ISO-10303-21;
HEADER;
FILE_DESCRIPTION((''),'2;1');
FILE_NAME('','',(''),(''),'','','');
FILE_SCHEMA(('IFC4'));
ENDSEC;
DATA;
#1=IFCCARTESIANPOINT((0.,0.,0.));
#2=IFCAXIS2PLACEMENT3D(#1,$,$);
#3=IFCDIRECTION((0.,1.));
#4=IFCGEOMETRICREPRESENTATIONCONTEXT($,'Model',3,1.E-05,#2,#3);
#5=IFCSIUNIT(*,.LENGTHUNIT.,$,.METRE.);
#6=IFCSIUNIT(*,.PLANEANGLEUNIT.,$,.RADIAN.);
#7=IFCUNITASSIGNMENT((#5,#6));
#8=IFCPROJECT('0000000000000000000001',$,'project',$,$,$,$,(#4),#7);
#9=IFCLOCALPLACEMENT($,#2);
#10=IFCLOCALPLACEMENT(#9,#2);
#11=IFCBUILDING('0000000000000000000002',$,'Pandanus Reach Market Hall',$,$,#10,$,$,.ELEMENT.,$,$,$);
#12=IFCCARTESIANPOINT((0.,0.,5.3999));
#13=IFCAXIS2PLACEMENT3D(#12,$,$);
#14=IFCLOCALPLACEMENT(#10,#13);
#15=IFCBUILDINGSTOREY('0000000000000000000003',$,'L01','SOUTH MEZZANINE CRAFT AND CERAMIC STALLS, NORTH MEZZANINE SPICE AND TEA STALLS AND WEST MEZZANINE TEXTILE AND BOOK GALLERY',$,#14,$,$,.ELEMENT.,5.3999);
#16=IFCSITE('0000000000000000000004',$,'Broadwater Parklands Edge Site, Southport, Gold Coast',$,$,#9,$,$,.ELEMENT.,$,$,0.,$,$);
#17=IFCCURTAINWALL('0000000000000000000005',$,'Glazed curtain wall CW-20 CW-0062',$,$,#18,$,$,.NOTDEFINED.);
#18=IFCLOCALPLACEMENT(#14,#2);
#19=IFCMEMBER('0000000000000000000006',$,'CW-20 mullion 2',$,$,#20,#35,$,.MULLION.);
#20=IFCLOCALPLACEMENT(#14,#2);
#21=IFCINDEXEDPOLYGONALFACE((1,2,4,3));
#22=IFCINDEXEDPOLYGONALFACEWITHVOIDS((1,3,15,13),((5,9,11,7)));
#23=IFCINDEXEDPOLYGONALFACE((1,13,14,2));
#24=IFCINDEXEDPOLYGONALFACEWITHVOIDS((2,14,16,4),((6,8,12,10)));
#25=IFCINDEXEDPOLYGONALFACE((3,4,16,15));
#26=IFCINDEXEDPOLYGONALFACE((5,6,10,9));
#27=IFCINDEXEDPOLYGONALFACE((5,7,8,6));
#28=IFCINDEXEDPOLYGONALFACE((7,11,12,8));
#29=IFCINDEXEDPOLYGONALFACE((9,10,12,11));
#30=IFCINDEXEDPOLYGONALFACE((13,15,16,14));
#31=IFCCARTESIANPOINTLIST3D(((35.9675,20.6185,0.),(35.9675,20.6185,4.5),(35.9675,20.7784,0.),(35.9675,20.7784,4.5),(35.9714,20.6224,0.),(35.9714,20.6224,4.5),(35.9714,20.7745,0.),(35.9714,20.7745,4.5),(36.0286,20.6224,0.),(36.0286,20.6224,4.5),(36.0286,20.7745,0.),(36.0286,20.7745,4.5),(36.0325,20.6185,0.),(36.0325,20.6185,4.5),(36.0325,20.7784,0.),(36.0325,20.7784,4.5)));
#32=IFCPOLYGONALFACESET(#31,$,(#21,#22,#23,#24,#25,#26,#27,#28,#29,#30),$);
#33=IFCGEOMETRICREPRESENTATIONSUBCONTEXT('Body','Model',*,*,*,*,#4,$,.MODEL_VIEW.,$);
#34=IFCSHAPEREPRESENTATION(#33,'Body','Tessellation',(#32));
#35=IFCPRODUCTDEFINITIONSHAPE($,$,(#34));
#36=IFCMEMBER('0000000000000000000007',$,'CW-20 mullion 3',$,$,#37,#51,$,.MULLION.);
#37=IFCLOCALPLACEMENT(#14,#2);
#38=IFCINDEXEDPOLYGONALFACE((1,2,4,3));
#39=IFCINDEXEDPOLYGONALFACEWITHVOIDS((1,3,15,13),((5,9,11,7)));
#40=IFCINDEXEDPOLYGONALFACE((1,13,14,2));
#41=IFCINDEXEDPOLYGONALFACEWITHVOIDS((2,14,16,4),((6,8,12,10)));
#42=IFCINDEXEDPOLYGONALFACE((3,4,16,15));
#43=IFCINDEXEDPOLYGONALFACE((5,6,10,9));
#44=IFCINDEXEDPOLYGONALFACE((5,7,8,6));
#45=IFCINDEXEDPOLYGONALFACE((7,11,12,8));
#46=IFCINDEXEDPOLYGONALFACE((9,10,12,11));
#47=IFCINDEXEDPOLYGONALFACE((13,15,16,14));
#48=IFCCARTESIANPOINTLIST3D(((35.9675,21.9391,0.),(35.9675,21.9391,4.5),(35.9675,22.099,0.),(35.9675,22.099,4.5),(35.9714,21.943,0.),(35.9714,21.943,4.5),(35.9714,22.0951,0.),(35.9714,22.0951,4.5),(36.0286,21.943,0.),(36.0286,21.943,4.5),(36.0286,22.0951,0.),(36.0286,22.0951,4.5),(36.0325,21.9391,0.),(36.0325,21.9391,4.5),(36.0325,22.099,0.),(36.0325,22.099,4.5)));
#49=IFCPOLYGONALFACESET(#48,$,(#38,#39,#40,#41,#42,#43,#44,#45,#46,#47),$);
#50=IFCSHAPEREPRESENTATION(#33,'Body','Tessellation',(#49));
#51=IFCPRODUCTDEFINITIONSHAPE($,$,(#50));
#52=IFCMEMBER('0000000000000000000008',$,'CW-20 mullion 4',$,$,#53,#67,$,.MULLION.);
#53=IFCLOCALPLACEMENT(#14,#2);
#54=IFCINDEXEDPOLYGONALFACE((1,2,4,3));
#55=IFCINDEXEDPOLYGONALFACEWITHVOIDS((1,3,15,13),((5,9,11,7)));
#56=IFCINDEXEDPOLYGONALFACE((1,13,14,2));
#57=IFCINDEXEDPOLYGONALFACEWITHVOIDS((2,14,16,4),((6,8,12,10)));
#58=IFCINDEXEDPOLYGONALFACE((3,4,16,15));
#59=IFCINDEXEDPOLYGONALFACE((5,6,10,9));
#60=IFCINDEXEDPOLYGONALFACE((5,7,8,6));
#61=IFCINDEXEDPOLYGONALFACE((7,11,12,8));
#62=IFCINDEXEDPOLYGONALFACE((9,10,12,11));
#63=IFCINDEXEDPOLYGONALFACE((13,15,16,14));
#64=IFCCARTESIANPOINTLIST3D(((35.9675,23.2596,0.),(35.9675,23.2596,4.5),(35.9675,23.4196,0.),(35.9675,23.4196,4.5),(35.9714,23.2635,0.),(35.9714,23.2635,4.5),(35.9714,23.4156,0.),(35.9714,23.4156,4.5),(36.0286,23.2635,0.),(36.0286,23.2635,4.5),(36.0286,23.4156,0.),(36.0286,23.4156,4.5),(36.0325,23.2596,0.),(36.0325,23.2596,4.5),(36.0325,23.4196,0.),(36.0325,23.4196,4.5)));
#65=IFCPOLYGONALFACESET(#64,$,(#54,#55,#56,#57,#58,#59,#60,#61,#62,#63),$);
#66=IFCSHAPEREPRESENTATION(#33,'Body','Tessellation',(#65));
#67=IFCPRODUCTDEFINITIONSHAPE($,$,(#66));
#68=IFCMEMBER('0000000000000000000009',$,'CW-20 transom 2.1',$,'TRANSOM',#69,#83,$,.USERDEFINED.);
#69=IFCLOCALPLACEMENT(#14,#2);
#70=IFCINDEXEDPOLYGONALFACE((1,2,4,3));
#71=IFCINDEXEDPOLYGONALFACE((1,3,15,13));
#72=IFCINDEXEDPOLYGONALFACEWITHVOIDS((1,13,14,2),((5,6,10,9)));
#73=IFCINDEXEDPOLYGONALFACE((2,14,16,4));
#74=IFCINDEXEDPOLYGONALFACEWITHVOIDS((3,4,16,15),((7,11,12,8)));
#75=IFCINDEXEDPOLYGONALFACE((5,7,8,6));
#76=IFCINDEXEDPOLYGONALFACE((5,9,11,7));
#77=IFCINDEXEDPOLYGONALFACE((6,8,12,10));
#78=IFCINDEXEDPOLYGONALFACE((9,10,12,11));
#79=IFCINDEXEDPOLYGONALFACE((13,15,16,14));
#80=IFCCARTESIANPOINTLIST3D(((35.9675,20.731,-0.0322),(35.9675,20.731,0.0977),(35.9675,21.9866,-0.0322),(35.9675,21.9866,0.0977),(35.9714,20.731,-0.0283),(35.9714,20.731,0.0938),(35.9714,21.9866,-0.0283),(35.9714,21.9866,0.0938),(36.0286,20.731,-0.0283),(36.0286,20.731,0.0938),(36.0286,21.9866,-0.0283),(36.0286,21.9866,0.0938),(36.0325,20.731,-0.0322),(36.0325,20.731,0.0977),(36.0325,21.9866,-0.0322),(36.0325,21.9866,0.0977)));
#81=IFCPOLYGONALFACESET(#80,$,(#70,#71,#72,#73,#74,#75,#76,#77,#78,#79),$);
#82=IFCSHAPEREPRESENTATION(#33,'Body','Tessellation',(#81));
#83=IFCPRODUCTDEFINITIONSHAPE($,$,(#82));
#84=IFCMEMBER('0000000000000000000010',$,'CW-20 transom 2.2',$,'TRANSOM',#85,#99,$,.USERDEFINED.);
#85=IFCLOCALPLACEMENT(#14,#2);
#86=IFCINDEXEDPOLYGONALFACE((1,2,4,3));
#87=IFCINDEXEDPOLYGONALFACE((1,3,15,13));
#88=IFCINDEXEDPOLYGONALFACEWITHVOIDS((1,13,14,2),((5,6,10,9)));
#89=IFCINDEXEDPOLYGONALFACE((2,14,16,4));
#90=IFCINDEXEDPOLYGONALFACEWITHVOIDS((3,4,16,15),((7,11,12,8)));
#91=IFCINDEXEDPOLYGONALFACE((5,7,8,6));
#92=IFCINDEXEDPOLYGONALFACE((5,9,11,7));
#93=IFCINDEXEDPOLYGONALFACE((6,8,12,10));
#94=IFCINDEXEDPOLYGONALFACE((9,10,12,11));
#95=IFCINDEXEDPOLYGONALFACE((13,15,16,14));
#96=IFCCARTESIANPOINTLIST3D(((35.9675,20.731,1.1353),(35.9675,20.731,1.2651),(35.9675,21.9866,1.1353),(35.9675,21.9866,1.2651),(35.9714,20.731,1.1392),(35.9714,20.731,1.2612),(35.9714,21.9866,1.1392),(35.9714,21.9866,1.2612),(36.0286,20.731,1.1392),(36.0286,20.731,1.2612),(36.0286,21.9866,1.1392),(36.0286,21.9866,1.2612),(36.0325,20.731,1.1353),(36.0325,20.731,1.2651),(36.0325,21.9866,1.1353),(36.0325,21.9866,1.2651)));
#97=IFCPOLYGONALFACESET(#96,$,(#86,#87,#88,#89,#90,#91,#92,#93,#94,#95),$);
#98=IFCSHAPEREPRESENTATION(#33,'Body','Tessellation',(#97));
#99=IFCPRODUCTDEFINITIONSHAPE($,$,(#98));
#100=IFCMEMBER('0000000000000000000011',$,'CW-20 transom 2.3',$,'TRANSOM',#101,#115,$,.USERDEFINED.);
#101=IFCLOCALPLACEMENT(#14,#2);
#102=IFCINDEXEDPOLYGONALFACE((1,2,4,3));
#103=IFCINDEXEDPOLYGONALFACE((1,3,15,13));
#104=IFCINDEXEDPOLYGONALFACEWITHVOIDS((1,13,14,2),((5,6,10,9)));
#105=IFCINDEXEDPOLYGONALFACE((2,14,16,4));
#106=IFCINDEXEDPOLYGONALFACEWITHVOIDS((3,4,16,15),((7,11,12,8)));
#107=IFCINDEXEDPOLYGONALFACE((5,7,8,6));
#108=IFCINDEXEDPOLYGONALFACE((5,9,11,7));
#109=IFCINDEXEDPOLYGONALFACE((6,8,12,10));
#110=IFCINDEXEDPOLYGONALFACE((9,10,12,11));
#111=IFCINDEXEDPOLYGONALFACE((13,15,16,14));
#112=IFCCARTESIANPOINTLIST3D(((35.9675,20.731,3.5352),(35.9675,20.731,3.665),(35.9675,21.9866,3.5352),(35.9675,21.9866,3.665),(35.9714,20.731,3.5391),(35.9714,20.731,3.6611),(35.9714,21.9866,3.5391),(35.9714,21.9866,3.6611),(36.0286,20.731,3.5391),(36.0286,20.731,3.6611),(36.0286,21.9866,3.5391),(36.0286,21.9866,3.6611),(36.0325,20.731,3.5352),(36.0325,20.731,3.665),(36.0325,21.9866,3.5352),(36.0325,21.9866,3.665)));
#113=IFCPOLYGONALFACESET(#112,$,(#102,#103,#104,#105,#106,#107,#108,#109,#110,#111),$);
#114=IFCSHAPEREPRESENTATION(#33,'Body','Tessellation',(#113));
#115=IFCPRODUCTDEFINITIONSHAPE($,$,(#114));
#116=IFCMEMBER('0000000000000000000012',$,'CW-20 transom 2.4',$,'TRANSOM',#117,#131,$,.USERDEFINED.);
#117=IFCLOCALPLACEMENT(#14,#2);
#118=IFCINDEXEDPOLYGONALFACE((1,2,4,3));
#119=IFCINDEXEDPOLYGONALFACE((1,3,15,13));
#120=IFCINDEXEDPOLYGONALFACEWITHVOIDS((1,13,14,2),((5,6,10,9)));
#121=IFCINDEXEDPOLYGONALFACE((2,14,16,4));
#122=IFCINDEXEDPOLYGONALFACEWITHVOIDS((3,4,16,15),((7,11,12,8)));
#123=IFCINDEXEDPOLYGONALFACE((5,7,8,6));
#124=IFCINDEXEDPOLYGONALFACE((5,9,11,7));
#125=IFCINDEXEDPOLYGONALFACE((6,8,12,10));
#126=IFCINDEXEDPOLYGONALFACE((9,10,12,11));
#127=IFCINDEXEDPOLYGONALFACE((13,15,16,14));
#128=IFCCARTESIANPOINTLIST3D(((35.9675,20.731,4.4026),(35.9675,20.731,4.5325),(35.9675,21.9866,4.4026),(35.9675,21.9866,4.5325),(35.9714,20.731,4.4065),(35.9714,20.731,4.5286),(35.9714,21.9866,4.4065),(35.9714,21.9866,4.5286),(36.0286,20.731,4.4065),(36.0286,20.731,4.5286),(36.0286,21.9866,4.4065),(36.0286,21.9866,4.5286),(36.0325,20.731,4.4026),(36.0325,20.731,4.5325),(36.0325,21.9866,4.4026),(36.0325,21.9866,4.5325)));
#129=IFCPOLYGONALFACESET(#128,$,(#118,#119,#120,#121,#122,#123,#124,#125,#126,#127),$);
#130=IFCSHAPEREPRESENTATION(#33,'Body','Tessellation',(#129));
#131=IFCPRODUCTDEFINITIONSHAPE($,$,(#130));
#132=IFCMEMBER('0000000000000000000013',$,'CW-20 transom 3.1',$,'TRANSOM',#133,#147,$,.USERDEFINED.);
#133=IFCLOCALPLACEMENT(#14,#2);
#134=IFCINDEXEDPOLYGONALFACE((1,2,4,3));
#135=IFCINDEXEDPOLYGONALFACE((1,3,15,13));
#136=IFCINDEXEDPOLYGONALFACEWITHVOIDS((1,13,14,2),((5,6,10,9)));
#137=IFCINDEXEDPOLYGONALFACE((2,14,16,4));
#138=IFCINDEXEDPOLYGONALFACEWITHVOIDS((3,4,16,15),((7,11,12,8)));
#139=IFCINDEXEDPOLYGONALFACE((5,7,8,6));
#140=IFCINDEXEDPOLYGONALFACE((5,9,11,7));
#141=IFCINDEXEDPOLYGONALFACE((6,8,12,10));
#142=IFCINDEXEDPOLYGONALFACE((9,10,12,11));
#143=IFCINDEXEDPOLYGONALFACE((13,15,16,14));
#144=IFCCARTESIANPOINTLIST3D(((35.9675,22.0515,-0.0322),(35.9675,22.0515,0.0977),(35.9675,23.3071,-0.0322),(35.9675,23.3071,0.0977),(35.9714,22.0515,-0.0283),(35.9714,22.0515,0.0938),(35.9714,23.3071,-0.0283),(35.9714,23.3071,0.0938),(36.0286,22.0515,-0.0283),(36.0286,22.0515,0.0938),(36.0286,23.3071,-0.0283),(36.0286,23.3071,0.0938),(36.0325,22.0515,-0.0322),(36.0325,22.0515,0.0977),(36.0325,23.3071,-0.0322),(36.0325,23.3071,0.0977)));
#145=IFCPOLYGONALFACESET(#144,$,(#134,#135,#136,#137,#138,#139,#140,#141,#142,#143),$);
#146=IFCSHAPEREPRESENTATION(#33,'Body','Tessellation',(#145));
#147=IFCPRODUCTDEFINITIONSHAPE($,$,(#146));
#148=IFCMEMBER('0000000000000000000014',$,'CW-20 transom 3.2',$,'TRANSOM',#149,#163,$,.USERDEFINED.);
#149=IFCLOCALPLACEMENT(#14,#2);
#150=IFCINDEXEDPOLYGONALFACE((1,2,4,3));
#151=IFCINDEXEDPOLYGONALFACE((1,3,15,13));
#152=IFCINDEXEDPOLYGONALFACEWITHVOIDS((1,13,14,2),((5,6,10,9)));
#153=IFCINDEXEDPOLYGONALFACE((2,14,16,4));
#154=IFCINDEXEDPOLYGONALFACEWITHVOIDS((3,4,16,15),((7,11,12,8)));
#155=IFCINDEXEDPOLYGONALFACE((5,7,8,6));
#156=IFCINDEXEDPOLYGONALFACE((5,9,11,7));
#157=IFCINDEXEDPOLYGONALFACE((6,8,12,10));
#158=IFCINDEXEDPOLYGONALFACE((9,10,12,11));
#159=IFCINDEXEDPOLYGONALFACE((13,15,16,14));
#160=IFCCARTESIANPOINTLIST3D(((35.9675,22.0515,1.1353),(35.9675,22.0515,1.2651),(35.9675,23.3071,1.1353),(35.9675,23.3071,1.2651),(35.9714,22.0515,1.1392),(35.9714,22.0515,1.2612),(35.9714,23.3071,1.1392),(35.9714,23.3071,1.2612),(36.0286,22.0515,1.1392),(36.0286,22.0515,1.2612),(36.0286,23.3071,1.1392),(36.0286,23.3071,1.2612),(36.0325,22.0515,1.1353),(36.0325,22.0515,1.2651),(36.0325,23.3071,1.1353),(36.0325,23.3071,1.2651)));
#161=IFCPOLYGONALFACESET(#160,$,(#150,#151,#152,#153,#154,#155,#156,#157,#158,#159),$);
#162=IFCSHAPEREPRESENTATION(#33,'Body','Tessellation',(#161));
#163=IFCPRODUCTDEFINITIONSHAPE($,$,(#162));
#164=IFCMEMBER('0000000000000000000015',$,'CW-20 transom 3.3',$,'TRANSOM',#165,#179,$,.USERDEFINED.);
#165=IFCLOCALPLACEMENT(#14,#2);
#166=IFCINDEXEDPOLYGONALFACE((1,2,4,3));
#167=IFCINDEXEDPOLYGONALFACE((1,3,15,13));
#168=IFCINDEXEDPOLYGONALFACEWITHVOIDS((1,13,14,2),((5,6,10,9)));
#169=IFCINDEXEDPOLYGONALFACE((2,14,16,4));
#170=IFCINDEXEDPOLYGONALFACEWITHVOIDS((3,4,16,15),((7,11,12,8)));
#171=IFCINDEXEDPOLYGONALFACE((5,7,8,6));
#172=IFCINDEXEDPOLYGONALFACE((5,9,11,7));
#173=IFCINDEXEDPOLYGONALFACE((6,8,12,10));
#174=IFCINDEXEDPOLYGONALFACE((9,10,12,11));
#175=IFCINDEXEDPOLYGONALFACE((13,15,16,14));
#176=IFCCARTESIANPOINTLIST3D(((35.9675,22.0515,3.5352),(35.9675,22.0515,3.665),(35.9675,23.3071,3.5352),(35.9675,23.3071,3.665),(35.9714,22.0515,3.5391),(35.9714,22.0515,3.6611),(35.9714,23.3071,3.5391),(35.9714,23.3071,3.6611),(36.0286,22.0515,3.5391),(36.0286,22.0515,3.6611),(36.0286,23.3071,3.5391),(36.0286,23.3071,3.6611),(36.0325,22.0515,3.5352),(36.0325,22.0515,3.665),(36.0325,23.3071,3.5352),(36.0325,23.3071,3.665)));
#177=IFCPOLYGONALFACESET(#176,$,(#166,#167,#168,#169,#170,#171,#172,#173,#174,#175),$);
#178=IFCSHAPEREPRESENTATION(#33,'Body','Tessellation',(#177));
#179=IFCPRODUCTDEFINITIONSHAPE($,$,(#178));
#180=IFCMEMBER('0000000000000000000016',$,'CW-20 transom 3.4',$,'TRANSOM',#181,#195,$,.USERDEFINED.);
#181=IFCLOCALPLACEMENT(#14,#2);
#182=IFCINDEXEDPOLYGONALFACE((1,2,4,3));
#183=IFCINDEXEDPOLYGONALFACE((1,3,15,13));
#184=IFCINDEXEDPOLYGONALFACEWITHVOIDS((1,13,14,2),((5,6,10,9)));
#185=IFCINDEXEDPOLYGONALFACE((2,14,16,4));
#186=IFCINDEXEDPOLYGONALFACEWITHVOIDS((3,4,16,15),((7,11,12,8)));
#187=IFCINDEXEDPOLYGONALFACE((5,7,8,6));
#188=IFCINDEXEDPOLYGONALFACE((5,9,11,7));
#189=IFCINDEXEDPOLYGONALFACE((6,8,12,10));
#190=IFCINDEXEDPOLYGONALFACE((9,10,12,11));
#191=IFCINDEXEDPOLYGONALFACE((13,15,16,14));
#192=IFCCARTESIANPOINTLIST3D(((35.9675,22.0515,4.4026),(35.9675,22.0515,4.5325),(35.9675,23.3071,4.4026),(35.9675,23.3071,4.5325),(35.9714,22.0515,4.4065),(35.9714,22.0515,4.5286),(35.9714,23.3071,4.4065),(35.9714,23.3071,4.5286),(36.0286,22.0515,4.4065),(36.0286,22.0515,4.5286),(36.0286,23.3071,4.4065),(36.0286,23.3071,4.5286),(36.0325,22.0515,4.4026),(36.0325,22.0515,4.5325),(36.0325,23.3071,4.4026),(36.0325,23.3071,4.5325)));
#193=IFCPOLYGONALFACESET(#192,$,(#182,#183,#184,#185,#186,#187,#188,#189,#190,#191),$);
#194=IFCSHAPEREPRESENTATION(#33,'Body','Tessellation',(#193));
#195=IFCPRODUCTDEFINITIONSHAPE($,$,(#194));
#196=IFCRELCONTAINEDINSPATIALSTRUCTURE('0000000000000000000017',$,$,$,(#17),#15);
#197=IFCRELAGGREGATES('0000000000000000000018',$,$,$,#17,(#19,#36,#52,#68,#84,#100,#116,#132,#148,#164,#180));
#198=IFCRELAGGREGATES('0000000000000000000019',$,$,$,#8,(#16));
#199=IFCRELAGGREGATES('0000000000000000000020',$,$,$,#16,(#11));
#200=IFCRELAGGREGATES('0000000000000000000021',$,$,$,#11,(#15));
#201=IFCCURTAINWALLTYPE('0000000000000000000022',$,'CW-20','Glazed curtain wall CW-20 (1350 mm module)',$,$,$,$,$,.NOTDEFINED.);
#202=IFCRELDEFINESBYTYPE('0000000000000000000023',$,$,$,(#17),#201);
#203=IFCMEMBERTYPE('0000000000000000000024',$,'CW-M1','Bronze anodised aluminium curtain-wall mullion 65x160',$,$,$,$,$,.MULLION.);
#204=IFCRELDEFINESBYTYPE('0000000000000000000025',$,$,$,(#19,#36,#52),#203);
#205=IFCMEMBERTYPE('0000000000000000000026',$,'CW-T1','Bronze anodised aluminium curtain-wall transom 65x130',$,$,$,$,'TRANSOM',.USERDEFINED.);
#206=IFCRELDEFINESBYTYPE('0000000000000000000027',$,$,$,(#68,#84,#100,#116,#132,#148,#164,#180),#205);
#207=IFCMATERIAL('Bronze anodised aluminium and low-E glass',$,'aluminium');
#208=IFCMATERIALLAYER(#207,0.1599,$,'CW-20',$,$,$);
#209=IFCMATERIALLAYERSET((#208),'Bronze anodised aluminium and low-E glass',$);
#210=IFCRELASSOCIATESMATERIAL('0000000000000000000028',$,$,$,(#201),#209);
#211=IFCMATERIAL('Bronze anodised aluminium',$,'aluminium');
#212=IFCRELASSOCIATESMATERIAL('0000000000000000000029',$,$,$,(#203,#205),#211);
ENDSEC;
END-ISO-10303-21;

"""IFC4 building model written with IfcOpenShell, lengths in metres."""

from ifc_helpers import new_model, si_unit, direction, frame, origin, origin_2d, place, context, subcontext, project, spatial, hollow_rectangle, extrude, material, layer, layer_set, material_profile, profile_set, type_object, element, aggregate, save


model = new_model("IFC4")

# Units and contexts
model_context = context("Model", 3, precision=1e-05, world=origin(), true_north=direction((0.0, 1.0)))
body_context = subcontext(model_context, "Body", "Model", "MODEL_VIEW")
ifc_project = project(units=[si_unit("LENGTHUNIT", "METRE"), si_unit("PLANEANGLEUNIT", "RADIAN")], contexts=[model_context])

# Site, building, storey
site_placement = place(None, origin())
site = spatial("IfcSite", under=ifc_project, at=site_placement, Name="Broadwater Parklands Edge Site, Southport, Gold Coast", CompositionType="ELEMENT", RefElevation=0.0)
building_placement = place(site_placement, origin())
building = spatial("IfcBuilding", under=site, at=building_placement, Name="Pandanus Reach Market Hall", CompositionType="ELEMENT")
storey_placement = place(building_placement, frame((0.0, 0.0, 5.3999)))
storey = spatial("IfcBuildingStorey", under=building, at=storey_placement, Name="L01", Description="SOUTH MEZZANINE CRAFT AND CERAMIC STALLS, NORTH MEZZANINE SPICE AND TEA STALLS AND WEST MEZZANINE TEXTILE AND BOOK GALLERY", CompositionType="ELEMENT", Elevation=5.3999)

# Curtain wall, members
ifc_material_1 = material(Name="Bronze anodised aluminium and low-E glass", Category="aluminium")
ifc_layer_1 = layer(ifc_material_1, 0.1599, Name="CW-20")
ifc_layer_set_1 = layer_set([ifc_layer_1], Name="Bronze anodised aluminium and low-E glass")
curtain_wall_type = type_object("IfcCurtainWallType", Name="CW-20", Description="Glazed curtain wall CW-20 (1350 mm module)", PredefinedType="NOTDEFINED", material=ifc_layer_set_1)
curtain_wall_placement = place(storey_placement, origin())
curtain_wall = element("IfcCurtainWall", 1, at=curtain_wall_placement, inside=storey, type_object=curtain_wall_type, Name="Glazed curtain wall CW-20 CW-0062", PredefinedType="NOTDEFINED")
ifc_material_2 = material(Name="Bronze anodised aluminium", Category="aluminium")
ifc_material_profile_1 = material_profile(ifc_material_2, hollow_rectangle(XDim=0.0649, YDim=0.1599, WallThickness=0.0039, at=origin_2d()), Name="ALU65x160", Category="LoadBearing")
ifc_profile_set_1 = profile_set([ifc_material_profile_1], Name="Bronze anodised aluminium")
member_type_1 = type_object("IfcMemberType", Name="CW-M1", Description="Bronze anodised aluminium curtain-wall mullion 65x160", PredefinedType="MULLION", material=ifc_profile_set_1)
member_1_placement = place(storey_placement, frame((36.0, 20.6985, 0.0), z_axis=(0.0, 0.0, 1.0), x_axis=(-1.0, 0.0, 0.0)))
member_1 = element("IfcMember", 2, at=member_1_placement, type_object=member_type_1, Name="CW-20 mullion 2", PredefinedType="MULLION", context=body_context, shape_type="SweptSolid", body=[
    extrude(hollow_rectangle(XDim=0.0649, YDim=0.1599, WallThickness=0.0039, at=origin_2d()), origin(), (0.0, 0.0, 1.0), 4.5),
])
member_2_placement = place(storey_placement, frame((36.0, 22.019, 0.0), z_axis=(0.0, 0.0, 1.0), x_axis=(-1.0, 0.0, 0.0)))
member_2 = element("IfcMember", 3, at=member_2_placement, type_object=member_type_1, Name="CW-20 mullion 3", PredefinedType="MULLION", context=body_context, shape_type="SweptSolid", body=[
    extrude(hollow_rectangle(XDim=0.0649, YDim=0.1599, WallThickness=0.0039, at=origin_2d()), origin(), (0.0, 0.0, 1.0), 4.5),
])
member_3_placement = place(storey_placement, frame((36.0, 23.3396, 0.0), z_axis=(0.0, 0.0, 1.0), x_axis=(-1.0, 0.0, 0.0)))
member_3 = element("IfcMember", 4, at=member_3_placement, type_object=member_type_1, Name="CW-20 mullion 4", PredefinedType="MULLION", context=body_context, shape_type="SweptSolid", body=[
    extrude(hollow_rectangle(XDim=0.0649, YDim=0.1599, WallThickness=0.0039, at=origin_2d()), origin(), (0.0, 0.0, 1.0), 4.5),
])
ifc_material_profile_2 = material_profile(ifc_material_2, hollow_rectangle(XDim=0.0649, YDim=0.1299, WallThickness=0.0039, at=origin_2d()), Name="ALU65x130", Category="LoadBearing")
ifc_profile_set_2 = profile_set([ifc_material_profile_2], Name="Bronze anodised aluminium")
member_type_2 = type_object("IfcMemberType", Name="CW-T1", Description="Bronze anodised aluminium curtain-wall transom 65x130", ElementType="TRANSOM", PredefinedType="USERDEFINED", material=ifc_profile_set_2)
member_4_placement = place(storey_placement, frame((36.0, 20.731, 0.0327), z_axis=(0.0, 1.0, 0.0), x_axis=(-1.0, 0.0, 0.0)))
member_4 = element("IfcMember", 5, at=member_4_placement, type_object=member_type_2, Name="CW-20 transom 2.1", ObjectType="TRANSOM", PredefinedType="USERDEFINED", context=body_context, shape_type="SweptSolid", body=[
    extrude(hollow_rectangle(XDim=0.0649, YDim=0.1299, WallThickness=0.0039, at=origin_2d()), origin(), (0.0, 0.0, 1.0), 1.2556),
])
member_5_placement = place(storey_placement, frame((36.0, 20.731, 1.2002), z_axis=(0.0, 1.0, 0.0), x_axis=(-1.0, 0.0, 0.0)))
member_5 = element("IfcMember", 6, at=member_5_placement, type_object=member_type_2, Name="CW-20 transom 2.2", ObjectType="TRANSOM", PredefinedType="USERDEFINED", context=body_context, shape_type="SweptSolid", body=[
    extrude(hollow_rectangle(XDim=0.0649, YDim=0.1299, WallThickness=0.0039, at=origin_2d()), origin(), (0.0, 0.0, 1.0), 1.2556),
])
member_6_placement = place(storey_placement, frame((36.0, 20.731, 3.6001), z_axis=(0.0, 1.0, 0.0), x_axis=(-1.0, 0.0, 0.0)))
member_6 = element("IfcMember", 7, at=member_6_placement, type_object=member_type_2, Name="CW-20 transom 2.3", ObjectType="TRANSOM", PredefinedType="USERDEFINED", context=body_context, shape_type="SweptSolid", body=[
    extrude(hollow_rectangle(XDim=0.0649, YDim=0.1299, WallThickness=0.0039, at=origin_2d()), origin(), (0.0, 0.0, 1.0), 1.2556),
])
member_7_placement = place(storey_placement, frame((36.0, 20.731, 4.4675), z_axis=(0.0, 1.0, 0.0), x_axis=(-1.0, 0.0, 0.0)))
member_7 = element("IfcMember", 8, at=member_7_placement, type_object=member_type_2, Name="CW-20 transom 2.4", ObjectType="TRANSOM", PredefinedType="USERDEFINED", context=body_context, shape_type="SweptSolid", body=[
    extrude(hollow_rectangle(XDim=0.0649, YDim=0.1299, WallThickness=0.0039, at=origin_2d()), origin(), (0.0, 0.0, 1.0), 1.2556),
])
member_8_placement = place(storey_placement, frame((36.0, 22.0515, 0.0327), z_axis=(0.0, 1.0, 0.0), x_axis=(-1.0, 0.0, 0.0)))
member_8 = element("IfcMember", 9, at=member_8_placement, type_object=member_type_2, Name="CW-20 transom 3.1", ObjectType="TRANSOM", PredefinedType="USERDEFINED", context=body_context, shape_type="SweptSolid", body=[
    extrude(hollow_rectangle(XDim=0.0649, YDim=0.1299, WallThickness=0.0039, at=origin_2d()), origin(), (0.0, 0.0, 1.0), 1.2556),
])
member_9_placement = place(storey_placement, frame((36.0, 22.0515, 1.2002), z_axis=(0.0, 1.0, 0.0), x_axis=(-1.0, 0.0, 0.0)))
member_9 = element("IfcMember", 10, at=member_9_placement, type_object=member_type_2, Name="CW-20 transom 3.2", ObjectType="TRANSOM", PredefinedType="USERDEFINED", context=body_context, shape_type="SweptSolid", body=[
    extrude(hollow_rectangle(XDim=0.0649, YDim=0.1299, WallThickness=0.0039, at=origin_2d()), origin(), (0.0, 0.0, 1.0), 1.2556),
])
member_10_placement = place(storey_placement, frame((36.0, 22.0515, 3.6001), z_axis=(0.0, 1.0, 0.0), x_axis=(-1.0, 0.0, 0.0)))
member_10 = element("IfcMember", 11, at=member_10_placement, type_object=member_type_2, Name="CW-20 transom 3.3", ObjectType="TRANSOM", PredefinedType="USERDEFINED", context=body_context, shape_type="SweptSolid", body=[
    extrude(hollow_rectangle(XDim=0.0649, YDim=0.1299, WallThickness=0.0039, at=origin_2d()), origin(), (0.0, 0.0, 1.0), 1.2556),
])
member_11_placement = place(storey_placement, frame((36.0, 22.0515, 4.4675), z_axis=(0.0, 1.0, 0.0), x_axis=(-1.0, 0.0, 0.0)))
member_11 = element("IfcMember", 12, at=member_11_placement, type_object=member_type_2, Name="CW-20 transom 3.4", ObjectType="TRANSOM", PredefinedType="USERDEFINED", context=body_context, shape_type="SweptSolid", body=[
    extrude(hollow_rectangle(XDim=0.0649, YDim=0.1299, WallThickness=0.0039, at=origin_2d()), origin(), (0.0, 0.0, 1.0), 1.2556),
])
aggregate(curtain_wall, [member_1, member_2, member_3, member_4, member_5, member_6, member_7, member_8, member_9, member_10, member_11])

save(model, "model.ifc")
